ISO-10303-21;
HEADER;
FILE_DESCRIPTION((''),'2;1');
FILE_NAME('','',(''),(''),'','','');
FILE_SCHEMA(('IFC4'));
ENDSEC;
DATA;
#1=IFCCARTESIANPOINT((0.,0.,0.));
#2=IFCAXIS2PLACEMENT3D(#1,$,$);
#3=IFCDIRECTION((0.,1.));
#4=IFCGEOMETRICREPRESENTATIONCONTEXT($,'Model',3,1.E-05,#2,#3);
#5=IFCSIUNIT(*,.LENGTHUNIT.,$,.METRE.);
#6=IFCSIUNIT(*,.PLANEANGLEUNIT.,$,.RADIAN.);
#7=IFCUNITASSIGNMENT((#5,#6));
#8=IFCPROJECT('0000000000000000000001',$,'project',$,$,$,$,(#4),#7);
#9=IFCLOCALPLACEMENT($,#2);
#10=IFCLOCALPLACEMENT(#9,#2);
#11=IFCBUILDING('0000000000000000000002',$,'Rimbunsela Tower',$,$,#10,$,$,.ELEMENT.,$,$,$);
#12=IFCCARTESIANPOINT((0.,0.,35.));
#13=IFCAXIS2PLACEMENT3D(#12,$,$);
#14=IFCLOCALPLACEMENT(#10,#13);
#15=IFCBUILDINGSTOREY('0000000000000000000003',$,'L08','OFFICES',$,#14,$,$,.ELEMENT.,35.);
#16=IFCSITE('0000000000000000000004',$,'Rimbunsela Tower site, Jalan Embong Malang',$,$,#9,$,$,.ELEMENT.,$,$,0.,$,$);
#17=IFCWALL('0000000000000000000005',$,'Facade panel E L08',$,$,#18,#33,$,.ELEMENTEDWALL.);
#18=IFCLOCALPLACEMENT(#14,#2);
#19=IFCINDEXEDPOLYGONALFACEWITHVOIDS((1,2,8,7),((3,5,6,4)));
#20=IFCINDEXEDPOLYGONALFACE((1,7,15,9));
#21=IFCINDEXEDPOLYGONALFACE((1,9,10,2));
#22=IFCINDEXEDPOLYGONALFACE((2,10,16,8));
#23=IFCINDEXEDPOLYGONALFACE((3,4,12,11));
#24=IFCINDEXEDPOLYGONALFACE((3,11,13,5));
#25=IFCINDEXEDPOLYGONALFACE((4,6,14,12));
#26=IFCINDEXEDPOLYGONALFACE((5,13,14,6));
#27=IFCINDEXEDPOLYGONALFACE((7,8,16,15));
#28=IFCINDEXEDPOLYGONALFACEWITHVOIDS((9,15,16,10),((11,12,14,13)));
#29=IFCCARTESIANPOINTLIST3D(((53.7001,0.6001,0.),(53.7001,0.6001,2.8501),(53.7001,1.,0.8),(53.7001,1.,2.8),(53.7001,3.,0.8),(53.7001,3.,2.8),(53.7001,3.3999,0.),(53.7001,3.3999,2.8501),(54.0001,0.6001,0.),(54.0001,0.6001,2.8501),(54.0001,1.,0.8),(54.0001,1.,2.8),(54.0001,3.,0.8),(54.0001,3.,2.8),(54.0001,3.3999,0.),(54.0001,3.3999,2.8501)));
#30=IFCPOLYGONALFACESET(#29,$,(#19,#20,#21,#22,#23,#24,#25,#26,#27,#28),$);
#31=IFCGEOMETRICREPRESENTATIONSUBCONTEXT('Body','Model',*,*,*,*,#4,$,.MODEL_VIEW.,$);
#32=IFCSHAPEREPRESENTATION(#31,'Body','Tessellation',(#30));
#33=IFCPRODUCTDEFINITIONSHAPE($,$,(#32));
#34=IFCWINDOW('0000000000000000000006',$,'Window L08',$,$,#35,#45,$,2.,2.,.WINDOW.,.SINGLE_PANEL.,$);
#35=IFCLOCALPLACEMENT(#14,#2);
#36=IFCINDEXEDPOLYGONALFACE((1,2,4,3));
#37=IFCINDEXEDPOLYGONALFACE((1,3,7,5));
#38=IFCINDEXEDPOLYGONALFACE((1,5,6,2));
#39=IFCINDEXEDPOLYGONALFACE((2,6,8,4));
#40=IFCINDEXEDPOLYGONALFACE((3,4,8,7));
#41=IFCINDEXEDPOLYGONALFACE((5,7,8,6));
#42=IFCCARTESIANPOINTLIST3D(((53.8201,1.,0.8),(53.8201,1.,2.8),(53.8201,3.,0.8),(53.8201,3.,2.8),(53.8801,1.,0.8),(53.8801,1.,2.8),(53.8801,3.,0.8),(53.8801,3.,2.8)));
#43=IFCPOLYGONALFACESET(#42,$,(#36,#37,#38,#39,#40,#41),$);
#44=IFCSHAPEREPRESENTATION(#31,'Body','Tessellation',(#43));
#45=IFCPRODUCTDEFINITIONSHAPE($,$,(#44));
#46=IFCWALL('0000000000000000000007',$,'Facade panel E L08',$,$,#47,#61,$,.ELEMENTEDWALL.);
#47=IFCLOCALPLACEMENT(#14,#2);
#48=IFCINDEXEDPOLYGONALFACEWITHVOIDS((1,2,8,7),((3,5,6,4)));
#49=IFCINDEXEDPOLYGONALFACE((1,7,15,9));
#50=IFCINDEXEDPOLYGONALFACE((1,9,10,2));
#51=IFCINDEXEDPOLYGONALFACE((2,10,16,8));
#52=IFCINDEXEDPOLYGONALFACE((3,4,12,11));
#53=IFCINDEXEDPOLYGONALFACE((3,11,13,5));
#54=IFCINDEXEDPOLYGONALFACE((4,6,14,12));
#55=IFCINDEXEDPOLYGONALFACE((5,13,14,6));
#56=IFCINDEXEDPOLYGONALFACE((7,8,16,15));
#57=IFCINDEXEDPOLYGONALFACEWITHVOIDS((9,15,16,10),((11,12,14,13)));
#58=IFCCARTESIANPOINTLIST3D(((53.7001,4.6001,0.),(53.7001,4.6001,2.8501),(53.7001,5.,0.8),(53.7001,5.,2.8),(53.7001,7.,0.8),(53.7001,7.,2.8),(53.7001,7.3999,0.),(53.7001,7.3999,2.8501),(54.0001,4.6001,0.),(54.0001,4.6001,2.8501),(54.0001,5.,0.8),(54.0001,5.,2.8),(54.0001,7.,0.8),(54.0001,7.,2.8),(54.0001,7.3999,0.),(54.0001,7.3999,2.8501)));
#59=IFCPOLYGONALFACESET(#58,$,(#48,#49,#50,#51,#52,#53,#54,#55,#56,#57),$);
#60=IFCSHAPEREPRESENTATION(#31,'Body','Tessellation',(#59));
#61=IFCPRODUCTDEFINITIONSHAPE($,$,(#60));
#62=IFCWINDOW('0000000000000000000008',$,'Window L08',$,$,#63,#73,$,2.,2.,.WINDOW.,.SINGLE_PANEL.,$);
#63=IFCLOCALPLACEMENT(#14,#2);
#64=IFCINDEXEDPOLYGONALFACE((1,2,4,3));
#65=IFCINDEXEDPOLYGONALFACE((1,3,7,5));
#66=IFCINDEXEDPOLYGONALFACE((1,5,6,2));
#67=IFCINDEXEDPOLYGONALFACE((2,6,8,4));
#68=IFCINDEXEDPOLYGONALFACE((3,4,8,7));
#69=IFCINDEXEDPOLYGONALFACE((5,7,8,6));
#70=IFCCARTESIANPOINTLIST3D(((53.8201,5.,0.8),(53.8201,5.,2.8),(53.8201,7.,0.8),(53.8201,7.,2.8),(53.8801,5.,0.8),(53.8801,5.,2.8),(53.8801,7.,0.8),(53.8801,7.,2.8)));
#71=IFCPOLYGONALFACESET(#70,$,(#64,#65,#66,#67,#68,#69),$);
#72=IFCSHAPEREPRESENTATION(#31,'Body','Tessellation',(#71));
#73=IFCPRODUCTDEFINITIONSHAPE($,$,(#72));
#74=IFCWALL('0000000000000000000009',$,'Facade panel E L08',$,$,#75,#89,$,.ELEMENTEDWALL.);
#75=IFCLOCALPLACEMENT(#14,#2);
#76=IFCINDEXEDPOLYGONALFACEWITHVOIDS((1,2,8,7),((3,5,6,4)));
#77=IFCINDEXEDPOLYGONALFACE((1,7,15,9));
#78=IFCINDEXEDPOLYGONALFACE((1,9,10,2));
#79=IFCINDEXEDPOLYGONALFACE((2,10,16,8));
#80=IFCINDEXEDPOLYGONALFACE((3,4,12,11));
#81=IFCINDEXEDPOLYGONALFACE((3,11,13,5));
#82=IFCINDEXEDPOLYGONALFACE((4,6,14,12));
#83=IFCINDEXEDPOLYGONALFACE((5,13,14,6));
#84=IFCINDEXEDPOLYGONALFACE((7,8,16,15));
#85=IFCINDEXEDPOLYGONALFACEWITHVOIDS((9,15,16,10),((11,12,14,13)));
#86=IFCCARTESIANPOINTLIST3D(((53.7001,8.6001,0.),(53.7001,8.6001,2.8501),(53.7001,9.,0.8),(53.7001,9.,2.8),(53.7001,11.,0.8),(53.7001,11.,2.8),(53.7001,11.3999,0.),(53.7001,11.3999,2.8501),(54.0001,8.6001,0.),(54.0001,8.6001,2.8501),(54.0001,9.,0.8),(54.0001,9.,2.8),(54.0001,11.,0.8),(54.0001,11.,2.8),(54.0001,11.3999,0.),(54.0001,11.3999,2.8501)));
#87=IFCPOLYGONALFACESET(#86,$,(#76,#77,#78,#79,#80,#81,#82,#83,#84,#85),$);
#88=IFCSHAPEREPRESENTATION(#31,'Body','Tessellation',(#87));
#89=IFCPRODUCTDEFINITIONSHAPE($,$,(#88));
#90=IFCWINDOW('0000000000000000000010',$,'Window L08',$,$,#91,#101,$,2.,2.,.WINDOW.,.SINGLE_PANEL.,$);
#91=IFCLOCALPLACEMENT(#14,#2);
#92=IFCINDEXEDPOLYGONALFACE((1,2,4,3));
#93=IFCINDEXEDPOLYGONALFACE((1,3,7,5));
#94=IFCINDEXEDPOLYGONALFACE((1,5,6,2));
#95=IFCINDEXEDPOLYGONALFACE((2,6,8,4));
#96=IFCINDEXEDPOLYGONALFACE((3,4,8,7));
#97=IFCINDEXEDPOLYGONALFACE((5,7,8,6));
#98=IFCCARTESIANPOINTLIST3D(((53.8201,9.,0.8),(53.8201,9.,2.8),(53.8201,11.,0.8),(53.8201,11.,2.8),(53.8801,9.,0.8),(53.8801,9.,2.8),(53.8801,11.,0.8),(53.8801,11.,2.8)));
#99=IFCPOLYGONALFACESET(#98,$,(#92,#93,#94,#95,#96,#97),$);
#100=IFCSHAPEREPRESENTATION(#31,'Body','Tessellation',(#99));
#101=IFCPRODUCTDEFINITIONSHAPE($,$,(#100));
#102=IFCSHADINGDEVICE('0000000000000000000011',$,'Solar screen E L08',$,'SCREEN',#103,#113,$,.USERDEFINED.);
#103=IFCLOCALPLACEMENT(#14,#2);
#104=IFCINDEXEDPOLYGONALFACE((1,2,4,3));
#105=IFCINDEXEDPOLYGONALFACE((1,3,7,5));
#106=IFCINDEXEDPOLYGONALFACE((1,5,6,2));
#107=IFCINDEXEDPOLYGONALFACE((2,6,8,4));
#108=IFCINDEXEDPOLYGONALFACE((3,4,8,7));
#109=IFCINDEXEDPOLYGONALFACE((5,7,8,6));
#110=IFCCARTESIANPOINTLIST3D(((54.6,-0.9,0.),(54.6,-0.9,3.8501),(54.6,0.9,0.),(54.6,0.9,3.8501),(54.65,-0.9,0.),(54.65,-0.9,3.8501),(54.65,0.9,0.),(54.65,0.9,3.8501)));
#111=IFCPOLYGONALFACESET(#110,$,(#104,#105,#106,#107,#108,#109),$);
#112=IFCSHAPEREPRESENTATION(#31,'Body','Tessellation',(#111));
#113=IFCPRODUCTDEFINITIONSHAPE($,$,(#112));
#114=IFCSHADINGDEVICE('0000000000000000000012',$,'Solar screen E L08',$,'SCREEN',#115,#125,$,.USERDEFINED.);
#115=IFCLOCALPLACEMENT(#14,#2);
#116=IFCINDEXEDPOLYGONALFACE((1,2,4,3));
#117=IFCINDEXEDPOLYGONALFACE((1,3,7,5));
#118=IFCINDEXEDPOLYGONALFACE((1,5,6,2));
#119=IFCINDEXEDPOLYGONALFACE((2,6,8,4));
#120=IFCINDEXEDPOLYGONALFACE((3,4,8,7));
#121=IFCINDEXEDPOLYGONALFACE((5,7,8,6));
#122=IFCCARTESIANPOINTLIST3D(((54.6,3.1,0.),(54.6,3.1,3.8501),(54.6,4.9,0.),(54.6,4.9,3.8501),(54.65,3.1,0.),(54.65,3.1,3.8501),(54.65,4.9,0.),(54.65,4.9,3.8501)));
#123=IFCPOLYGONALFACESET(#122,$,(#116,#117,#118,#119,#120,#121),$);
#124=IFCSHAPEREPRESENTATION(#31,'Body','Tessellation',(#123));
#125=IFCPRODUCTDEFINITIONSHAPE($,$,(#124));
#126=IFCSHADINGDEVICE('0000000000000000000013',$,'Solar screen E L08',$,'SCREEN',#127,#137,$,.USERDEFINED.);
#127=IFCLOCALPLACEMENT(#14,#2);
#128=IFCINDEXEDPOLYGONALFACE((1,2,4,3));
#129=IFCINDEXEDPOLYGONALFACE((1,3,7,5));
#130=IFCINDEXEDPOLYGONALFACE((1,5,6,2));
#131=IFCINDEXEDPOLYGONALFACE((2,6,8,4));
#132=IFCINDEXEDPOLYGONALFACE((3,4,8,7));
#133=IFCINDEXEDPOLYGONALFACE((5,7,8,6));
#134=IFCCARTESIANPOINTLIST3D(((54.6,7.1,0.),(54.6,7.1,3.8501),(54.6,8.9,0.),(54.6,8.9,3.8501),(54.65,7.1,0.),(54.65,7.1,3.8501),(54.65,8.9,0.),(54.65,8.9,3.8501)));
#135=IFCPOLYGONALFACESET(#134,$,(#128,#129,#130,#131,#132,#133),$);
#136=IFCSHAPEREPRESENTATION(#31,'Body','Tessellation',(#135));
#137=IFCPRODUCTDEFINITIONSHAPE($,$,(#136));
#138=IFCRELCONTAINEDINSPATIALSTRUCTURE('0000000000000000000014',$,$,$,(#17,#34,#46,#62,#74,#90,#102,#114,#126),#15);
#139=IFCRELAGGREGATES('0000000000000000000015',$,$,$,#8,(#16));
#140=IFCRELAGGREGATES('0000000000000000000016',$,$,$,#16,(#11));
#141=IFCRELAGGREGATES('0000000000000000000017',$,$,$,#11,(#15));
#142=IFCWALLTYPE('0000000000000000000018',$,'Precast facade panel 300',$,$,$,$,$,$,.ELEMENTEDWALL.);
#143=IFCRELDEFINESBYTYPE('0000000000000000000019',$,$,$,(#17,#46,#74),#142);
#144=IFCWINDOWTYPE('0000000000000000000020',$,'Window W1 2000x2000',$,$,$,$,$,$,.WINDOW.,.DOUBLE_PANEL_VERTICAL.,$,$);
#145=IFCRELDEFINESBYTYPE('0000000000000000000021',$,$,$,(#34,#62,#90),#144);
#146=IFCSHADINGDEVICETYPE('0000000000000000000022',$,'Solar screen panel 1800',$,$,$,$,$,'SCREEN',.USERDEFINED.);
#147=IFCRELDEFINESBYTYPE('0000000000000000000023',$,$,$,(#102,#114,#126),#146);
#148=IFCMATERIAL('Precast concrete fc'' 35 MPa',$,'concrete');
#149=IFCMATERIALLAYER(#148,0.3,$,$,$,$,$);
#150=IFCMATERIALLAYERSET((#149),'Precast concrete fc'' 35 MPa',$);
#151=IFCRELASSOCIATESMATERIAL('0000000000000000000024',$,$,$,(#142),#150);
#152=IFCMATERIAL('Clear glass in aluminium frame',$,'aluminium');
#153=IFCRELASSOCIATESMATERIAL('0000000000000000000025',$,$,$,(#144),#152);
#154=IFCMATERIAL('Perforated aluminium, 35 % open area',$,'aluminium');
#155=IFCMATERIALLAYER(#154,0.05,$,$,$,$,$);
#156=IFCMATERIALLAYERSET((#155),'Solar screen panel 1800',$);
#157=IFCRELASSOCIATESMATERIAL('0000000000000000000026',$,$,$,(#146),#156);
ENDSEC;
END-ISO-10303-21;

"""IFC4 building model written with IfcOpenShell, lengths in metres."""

from ifc_helpers import new_model, si_unit, direction, frame, frame_2d, origin, origin_2d, place, context, subcontext, project, spatial, rectangle, extrude, material, layer, layer_set, type_object, element, fill, save


model = new_model("IFC4")

# Units and contexts
model_context = context("Model", 3, precision=1e-05, world=origin(), true_north=direction((0.0, 1.0)))
body_context = subcontext(model_context, "Body", "Model", "MODEL_VIEW")
ifc_project = project(units=[si_unit("LENGTHUNIT", "METRE"), si_unit("PLANEANGLEUNIT", "RADIAN")], contexts=[model_context])

# Site, building, storey
site_placement = place(None, origin())
site = spatial("IfcSite", under=ifc_project, at=site_placement, Name="Rimbunsela Tower site, Jalan Embong Malang", CompositionType="ELEMENT", RefElevation=0.0)
building_placement = place(site_placement, origin())
building = spatial("IfcBuilding", under=site, at=building_placement, Name="Rimbunsela Tower", CompositionType="ELEMENT")
storey_placement = place(building_placement, frame((0.0, 0.0, 35.0)))
storey = spatial("IfcBuildingStorey", under=building, at=storey_placement, Name="L08", Description="OFFICES", CompositionType="ELEMENT", Elevation=35.0)

# Walls, openings, windows
ifc_material_1 = material(Name="Precast concrete fc' 35 MPa", Category="concrete")
ifc_layer_1 = layer(ifc_material_1, 0.3)
ifc_layer_set_1 = layer_set([ifc_layer_1], Name="Precast concrete fc' 35 MPa")
wall_type = type_object("IfcWallType", Name="Precast facade panel 300", PredefinedType="ELEMENTEDWALL", material=ifc_layer_set_1)
wall_1_placement = place(storey_placement, frame((53.8501, 0.6001, 0.0), z_axis=(0.0, 0.0, 1.0), x_axis=(0.0, 1.0, 0.0)))
wall_1 = element("IfcWall", 1, at=wall_1_placement, inside=storey, type_object=wall_type, Name="Facade panel E L08", PredefinedType="ELEMENTEDWALL", context=body_context, shape_type="SweptSolid", body=[
    extrude(rectangle(XDim=2.7998, YDim=0.3, at=frame_2d((1.3999, 0.0))), origin(), (0.0, 0.0, 1.0), 2.8501),
])
opening_1_placement = place(wall_1_placement, frame((0.3999, 0.0, 0.8)))
opening_1 = element("IfcOpeningElement", 2, at=opening_1_placement, cuts=wall_1, PredefinedType="OPENING", context=body_context, shape_type="SweptSolid", body=[
    extrude(rectangle(XDim=2.0, YDim=2.0, at=frame_2d((1.0, 1.0))), frame((0.0, 0.1599, 0.0), z_axis=(0.0, -1.0, 0.0), x_axis=(1.0, 0.0, 0.0)), (0.0, 0.0, 1.0), 0.3201),
])
ifc_material_2 = material(Name="Clear glass in aluminium frame", Category="aluminium")
window_type = type_object("IfcWindowType", Name="Window W1 2000x2000", PartitioningType="DOUBLE_PANEL_VERTICAL", PredefinedType="WINDOW", material=ifc_material_2)
window_1_placement = place(opening_1_placement, origin())
window_1 = element("IfcWindow", 3, at=window_1_placement, inside=storey, type_object=window_type, Name="Window L08", OverallHeight=2.0, OverallWidth=2.0, PartitioningType="SINGLE_PANEL", PredefinedType="WINDOW", context=body_context, shape_type="SweptSolid", body=[
    extrude(rectangle(XDim=2.0, YDim=2.0, at=frame_2d((1.0, 1.0))), frame((0.0, 0.03, 0.0), z_axis=(0.0, -1.0, 0.0), x_axis=(1.0, 0.0, 0.0)), (0.0, 0.0, 1.0), 0.0601),
])
fill(opening_1, window_1)
wall_2_placement = place(storey_placement, frame((53.8501, 4.6001, 0.0), z_axis=(0.0, 0.0, 1.0), x_axis=(0.0, 1.0, 0.0)))
wall_2 = element("IfcWall", 4, at=wall_2_placement, inside=storey, type_object=wall_type, Name="Facade panel E L08", PredefinedType="ELEMENTEDWALL", context=body_context, shape_type="SweptSolid", body=[
    extrude(rectangle(XDim=2.7998, YDim=0.3, at=frame_2d((1.3999, 0.0))), origin(), (0.0, 0.0, 1.0), 2.8501),
])
opening_2_placement = place(wall_2_placement, frame((0.3999, 0.0, 0.8)))
opening_2 = element("IfcOpeningElement", 5, at=opening_2_placement, cuts=wall_2, PredefinedType="OPENING", context=body_context, shape_type="SweptSolid", body=[
    extrude(rectangle(XDim=2.0, YDim=2.0, at=frame_2d((1.0, 1.0))), frame((0.0, 0.1599, 0.0), z_axis=(0.0, -1.0, 0.0), x_axis=(1.0, 0.0, 0.0)), (0.0, 0.0, 1.0), 0.3201),
])
window_2_placement = place(opening_2_placement, origin())
window_2 = element("IfcWindow", 6, at=window_2_placement, inside=storey, type_object=window_type, Name="Window L08", OverallHeight=2.0, OverallWidth=2.0, PartitioningType="SINGLE_PANEL", PredefinedType="WINDOW", context=body_context, shape_type="SweptSolid", body=[
    extrude(rectangle(XDim=2.0, YDim=2.0, at=frame_2d((1.0, 1.0))), frame((0.0, 0.03, 0.0), z_axis=(0.0, -1.0, 0.0), x_axis=(1.0, 0.0, 0.0)), (0.0, 0.0, 1.0), 0.0601),
])
fill(opening_2, window_2)
wall_3_placement = place(storey_placement, frame((53.8501, 8.6001, 0.0), z_axis=(0.0, 0.0, 1.0), x_axis=(0.0, 1.0, 0.0)))
wall_3 = element("IfcWall", 7, at=wall_3_placement, inside=storey, type_object=wall_type, Name="Facade panel E L08", PredefinedType="ELEMENTEDWALL", context=body_context, shape_type="SweptSolid", body=[
    extrude(rectangle(XDim=2.7998, YDim=0.3, at=frame_2d((1.3999, 0.0))), origin(), (0.0, 0.0, 1.0), 2.8501),
])
opening_3_placement = place(wall_3_placement, frame((0.3999, 0.0, 0.8)))
opening_3 = element("IfcOpeningElement", 8, at=opening_3_placement, cuts=wall_3, PredefinedType="OPENING", context=body_context, shape_type="SweptSolid", body=[
    extrude(rectangle(XDim=2.0, YDim=2.0, at=frame_2d((1.0, 1.0))), frame((0.0, 0.1599, 0.0), z_axis=(0.0, -1.0, 0.0), x_axis=(1.0, 0.0, 0.0)), (0.0, 0.0, 1.0), 0.3201),
])
window_3_placement = place(opening_3_placement, origin())
window_3 = element("IfcWindow", 9, at=window_3_placement, inside=storey, type_object=window_type, Name="Window L08", OverallHeight=2.0, OverallWidth=2.0, PartitioningType="SINGLE_PANEL", PredefinedType="WINDOW", context=body_context, shape_type="SweptSolid", body=[
    extrude(rectangle(XDim=2.0, YDim=2.0, at=frame_2d((1.0, 1.0))), frame((0.0, 0.03, 0.0), z_axis=(0.0, -1.0, 0.0), x_axis=(1.0, 0.0, 0.0)), (0.0, 0.0, 1.0), 0.0601),
])
fill(opening_3, window_3)

# Shading devices
ifc_material_3 = material(Name="Perforated aluminium, 35 % open area", Category="aluminium")
ifc_layer_2 = layer(ifc_material_3, 0.05)
ifc_layer_set_2 = layer_set([ifc_layer_2], Name="Solar screen panel 1800")
shading_device_type = type_object("IfcShadingDeviceType", Name="Solar screen panel 1800", ElementType="SCREEN", PredefinedType="USERDEFINED", material=ifc_layer_set_2)
for number, where, z_axis, x_axis, name in (
    (10, (54.625, 0.0, 0.0), (0.0, 0.0, 1.0), (0.0, 1.0, 0.0), "Solar screen E L08"),
    (11, (54.625, 4.0, 0.0), (0.0, 0.0, 1.0), (0.0, 1.0, 0.0), "Solar screen E L08"),
    (12, (54.625, 8.0, 0.0), (0.0, 0.0, 1.0), (0.0, 1.0, 0.0), "Solar screen E L08"),
):
    element("IfcShadingDevice", number, at=place(storey_placement, frame(where, z_axis=z_axis, x_axis=x_axis)), inside=storey, type_object=shading_device_type, Name=name, ObjectType="SCREEN", PredefinedType="USERDEFINED", context=body_context, shape_type="SweptSolid", body=[
        extrude(rectangle(XDim=1.8, YDim=0.05, at=origin_2d()), origin(), (0.0, 0.0, 1.0), 3.8501),
    ])

save(model, "model.ifc")
